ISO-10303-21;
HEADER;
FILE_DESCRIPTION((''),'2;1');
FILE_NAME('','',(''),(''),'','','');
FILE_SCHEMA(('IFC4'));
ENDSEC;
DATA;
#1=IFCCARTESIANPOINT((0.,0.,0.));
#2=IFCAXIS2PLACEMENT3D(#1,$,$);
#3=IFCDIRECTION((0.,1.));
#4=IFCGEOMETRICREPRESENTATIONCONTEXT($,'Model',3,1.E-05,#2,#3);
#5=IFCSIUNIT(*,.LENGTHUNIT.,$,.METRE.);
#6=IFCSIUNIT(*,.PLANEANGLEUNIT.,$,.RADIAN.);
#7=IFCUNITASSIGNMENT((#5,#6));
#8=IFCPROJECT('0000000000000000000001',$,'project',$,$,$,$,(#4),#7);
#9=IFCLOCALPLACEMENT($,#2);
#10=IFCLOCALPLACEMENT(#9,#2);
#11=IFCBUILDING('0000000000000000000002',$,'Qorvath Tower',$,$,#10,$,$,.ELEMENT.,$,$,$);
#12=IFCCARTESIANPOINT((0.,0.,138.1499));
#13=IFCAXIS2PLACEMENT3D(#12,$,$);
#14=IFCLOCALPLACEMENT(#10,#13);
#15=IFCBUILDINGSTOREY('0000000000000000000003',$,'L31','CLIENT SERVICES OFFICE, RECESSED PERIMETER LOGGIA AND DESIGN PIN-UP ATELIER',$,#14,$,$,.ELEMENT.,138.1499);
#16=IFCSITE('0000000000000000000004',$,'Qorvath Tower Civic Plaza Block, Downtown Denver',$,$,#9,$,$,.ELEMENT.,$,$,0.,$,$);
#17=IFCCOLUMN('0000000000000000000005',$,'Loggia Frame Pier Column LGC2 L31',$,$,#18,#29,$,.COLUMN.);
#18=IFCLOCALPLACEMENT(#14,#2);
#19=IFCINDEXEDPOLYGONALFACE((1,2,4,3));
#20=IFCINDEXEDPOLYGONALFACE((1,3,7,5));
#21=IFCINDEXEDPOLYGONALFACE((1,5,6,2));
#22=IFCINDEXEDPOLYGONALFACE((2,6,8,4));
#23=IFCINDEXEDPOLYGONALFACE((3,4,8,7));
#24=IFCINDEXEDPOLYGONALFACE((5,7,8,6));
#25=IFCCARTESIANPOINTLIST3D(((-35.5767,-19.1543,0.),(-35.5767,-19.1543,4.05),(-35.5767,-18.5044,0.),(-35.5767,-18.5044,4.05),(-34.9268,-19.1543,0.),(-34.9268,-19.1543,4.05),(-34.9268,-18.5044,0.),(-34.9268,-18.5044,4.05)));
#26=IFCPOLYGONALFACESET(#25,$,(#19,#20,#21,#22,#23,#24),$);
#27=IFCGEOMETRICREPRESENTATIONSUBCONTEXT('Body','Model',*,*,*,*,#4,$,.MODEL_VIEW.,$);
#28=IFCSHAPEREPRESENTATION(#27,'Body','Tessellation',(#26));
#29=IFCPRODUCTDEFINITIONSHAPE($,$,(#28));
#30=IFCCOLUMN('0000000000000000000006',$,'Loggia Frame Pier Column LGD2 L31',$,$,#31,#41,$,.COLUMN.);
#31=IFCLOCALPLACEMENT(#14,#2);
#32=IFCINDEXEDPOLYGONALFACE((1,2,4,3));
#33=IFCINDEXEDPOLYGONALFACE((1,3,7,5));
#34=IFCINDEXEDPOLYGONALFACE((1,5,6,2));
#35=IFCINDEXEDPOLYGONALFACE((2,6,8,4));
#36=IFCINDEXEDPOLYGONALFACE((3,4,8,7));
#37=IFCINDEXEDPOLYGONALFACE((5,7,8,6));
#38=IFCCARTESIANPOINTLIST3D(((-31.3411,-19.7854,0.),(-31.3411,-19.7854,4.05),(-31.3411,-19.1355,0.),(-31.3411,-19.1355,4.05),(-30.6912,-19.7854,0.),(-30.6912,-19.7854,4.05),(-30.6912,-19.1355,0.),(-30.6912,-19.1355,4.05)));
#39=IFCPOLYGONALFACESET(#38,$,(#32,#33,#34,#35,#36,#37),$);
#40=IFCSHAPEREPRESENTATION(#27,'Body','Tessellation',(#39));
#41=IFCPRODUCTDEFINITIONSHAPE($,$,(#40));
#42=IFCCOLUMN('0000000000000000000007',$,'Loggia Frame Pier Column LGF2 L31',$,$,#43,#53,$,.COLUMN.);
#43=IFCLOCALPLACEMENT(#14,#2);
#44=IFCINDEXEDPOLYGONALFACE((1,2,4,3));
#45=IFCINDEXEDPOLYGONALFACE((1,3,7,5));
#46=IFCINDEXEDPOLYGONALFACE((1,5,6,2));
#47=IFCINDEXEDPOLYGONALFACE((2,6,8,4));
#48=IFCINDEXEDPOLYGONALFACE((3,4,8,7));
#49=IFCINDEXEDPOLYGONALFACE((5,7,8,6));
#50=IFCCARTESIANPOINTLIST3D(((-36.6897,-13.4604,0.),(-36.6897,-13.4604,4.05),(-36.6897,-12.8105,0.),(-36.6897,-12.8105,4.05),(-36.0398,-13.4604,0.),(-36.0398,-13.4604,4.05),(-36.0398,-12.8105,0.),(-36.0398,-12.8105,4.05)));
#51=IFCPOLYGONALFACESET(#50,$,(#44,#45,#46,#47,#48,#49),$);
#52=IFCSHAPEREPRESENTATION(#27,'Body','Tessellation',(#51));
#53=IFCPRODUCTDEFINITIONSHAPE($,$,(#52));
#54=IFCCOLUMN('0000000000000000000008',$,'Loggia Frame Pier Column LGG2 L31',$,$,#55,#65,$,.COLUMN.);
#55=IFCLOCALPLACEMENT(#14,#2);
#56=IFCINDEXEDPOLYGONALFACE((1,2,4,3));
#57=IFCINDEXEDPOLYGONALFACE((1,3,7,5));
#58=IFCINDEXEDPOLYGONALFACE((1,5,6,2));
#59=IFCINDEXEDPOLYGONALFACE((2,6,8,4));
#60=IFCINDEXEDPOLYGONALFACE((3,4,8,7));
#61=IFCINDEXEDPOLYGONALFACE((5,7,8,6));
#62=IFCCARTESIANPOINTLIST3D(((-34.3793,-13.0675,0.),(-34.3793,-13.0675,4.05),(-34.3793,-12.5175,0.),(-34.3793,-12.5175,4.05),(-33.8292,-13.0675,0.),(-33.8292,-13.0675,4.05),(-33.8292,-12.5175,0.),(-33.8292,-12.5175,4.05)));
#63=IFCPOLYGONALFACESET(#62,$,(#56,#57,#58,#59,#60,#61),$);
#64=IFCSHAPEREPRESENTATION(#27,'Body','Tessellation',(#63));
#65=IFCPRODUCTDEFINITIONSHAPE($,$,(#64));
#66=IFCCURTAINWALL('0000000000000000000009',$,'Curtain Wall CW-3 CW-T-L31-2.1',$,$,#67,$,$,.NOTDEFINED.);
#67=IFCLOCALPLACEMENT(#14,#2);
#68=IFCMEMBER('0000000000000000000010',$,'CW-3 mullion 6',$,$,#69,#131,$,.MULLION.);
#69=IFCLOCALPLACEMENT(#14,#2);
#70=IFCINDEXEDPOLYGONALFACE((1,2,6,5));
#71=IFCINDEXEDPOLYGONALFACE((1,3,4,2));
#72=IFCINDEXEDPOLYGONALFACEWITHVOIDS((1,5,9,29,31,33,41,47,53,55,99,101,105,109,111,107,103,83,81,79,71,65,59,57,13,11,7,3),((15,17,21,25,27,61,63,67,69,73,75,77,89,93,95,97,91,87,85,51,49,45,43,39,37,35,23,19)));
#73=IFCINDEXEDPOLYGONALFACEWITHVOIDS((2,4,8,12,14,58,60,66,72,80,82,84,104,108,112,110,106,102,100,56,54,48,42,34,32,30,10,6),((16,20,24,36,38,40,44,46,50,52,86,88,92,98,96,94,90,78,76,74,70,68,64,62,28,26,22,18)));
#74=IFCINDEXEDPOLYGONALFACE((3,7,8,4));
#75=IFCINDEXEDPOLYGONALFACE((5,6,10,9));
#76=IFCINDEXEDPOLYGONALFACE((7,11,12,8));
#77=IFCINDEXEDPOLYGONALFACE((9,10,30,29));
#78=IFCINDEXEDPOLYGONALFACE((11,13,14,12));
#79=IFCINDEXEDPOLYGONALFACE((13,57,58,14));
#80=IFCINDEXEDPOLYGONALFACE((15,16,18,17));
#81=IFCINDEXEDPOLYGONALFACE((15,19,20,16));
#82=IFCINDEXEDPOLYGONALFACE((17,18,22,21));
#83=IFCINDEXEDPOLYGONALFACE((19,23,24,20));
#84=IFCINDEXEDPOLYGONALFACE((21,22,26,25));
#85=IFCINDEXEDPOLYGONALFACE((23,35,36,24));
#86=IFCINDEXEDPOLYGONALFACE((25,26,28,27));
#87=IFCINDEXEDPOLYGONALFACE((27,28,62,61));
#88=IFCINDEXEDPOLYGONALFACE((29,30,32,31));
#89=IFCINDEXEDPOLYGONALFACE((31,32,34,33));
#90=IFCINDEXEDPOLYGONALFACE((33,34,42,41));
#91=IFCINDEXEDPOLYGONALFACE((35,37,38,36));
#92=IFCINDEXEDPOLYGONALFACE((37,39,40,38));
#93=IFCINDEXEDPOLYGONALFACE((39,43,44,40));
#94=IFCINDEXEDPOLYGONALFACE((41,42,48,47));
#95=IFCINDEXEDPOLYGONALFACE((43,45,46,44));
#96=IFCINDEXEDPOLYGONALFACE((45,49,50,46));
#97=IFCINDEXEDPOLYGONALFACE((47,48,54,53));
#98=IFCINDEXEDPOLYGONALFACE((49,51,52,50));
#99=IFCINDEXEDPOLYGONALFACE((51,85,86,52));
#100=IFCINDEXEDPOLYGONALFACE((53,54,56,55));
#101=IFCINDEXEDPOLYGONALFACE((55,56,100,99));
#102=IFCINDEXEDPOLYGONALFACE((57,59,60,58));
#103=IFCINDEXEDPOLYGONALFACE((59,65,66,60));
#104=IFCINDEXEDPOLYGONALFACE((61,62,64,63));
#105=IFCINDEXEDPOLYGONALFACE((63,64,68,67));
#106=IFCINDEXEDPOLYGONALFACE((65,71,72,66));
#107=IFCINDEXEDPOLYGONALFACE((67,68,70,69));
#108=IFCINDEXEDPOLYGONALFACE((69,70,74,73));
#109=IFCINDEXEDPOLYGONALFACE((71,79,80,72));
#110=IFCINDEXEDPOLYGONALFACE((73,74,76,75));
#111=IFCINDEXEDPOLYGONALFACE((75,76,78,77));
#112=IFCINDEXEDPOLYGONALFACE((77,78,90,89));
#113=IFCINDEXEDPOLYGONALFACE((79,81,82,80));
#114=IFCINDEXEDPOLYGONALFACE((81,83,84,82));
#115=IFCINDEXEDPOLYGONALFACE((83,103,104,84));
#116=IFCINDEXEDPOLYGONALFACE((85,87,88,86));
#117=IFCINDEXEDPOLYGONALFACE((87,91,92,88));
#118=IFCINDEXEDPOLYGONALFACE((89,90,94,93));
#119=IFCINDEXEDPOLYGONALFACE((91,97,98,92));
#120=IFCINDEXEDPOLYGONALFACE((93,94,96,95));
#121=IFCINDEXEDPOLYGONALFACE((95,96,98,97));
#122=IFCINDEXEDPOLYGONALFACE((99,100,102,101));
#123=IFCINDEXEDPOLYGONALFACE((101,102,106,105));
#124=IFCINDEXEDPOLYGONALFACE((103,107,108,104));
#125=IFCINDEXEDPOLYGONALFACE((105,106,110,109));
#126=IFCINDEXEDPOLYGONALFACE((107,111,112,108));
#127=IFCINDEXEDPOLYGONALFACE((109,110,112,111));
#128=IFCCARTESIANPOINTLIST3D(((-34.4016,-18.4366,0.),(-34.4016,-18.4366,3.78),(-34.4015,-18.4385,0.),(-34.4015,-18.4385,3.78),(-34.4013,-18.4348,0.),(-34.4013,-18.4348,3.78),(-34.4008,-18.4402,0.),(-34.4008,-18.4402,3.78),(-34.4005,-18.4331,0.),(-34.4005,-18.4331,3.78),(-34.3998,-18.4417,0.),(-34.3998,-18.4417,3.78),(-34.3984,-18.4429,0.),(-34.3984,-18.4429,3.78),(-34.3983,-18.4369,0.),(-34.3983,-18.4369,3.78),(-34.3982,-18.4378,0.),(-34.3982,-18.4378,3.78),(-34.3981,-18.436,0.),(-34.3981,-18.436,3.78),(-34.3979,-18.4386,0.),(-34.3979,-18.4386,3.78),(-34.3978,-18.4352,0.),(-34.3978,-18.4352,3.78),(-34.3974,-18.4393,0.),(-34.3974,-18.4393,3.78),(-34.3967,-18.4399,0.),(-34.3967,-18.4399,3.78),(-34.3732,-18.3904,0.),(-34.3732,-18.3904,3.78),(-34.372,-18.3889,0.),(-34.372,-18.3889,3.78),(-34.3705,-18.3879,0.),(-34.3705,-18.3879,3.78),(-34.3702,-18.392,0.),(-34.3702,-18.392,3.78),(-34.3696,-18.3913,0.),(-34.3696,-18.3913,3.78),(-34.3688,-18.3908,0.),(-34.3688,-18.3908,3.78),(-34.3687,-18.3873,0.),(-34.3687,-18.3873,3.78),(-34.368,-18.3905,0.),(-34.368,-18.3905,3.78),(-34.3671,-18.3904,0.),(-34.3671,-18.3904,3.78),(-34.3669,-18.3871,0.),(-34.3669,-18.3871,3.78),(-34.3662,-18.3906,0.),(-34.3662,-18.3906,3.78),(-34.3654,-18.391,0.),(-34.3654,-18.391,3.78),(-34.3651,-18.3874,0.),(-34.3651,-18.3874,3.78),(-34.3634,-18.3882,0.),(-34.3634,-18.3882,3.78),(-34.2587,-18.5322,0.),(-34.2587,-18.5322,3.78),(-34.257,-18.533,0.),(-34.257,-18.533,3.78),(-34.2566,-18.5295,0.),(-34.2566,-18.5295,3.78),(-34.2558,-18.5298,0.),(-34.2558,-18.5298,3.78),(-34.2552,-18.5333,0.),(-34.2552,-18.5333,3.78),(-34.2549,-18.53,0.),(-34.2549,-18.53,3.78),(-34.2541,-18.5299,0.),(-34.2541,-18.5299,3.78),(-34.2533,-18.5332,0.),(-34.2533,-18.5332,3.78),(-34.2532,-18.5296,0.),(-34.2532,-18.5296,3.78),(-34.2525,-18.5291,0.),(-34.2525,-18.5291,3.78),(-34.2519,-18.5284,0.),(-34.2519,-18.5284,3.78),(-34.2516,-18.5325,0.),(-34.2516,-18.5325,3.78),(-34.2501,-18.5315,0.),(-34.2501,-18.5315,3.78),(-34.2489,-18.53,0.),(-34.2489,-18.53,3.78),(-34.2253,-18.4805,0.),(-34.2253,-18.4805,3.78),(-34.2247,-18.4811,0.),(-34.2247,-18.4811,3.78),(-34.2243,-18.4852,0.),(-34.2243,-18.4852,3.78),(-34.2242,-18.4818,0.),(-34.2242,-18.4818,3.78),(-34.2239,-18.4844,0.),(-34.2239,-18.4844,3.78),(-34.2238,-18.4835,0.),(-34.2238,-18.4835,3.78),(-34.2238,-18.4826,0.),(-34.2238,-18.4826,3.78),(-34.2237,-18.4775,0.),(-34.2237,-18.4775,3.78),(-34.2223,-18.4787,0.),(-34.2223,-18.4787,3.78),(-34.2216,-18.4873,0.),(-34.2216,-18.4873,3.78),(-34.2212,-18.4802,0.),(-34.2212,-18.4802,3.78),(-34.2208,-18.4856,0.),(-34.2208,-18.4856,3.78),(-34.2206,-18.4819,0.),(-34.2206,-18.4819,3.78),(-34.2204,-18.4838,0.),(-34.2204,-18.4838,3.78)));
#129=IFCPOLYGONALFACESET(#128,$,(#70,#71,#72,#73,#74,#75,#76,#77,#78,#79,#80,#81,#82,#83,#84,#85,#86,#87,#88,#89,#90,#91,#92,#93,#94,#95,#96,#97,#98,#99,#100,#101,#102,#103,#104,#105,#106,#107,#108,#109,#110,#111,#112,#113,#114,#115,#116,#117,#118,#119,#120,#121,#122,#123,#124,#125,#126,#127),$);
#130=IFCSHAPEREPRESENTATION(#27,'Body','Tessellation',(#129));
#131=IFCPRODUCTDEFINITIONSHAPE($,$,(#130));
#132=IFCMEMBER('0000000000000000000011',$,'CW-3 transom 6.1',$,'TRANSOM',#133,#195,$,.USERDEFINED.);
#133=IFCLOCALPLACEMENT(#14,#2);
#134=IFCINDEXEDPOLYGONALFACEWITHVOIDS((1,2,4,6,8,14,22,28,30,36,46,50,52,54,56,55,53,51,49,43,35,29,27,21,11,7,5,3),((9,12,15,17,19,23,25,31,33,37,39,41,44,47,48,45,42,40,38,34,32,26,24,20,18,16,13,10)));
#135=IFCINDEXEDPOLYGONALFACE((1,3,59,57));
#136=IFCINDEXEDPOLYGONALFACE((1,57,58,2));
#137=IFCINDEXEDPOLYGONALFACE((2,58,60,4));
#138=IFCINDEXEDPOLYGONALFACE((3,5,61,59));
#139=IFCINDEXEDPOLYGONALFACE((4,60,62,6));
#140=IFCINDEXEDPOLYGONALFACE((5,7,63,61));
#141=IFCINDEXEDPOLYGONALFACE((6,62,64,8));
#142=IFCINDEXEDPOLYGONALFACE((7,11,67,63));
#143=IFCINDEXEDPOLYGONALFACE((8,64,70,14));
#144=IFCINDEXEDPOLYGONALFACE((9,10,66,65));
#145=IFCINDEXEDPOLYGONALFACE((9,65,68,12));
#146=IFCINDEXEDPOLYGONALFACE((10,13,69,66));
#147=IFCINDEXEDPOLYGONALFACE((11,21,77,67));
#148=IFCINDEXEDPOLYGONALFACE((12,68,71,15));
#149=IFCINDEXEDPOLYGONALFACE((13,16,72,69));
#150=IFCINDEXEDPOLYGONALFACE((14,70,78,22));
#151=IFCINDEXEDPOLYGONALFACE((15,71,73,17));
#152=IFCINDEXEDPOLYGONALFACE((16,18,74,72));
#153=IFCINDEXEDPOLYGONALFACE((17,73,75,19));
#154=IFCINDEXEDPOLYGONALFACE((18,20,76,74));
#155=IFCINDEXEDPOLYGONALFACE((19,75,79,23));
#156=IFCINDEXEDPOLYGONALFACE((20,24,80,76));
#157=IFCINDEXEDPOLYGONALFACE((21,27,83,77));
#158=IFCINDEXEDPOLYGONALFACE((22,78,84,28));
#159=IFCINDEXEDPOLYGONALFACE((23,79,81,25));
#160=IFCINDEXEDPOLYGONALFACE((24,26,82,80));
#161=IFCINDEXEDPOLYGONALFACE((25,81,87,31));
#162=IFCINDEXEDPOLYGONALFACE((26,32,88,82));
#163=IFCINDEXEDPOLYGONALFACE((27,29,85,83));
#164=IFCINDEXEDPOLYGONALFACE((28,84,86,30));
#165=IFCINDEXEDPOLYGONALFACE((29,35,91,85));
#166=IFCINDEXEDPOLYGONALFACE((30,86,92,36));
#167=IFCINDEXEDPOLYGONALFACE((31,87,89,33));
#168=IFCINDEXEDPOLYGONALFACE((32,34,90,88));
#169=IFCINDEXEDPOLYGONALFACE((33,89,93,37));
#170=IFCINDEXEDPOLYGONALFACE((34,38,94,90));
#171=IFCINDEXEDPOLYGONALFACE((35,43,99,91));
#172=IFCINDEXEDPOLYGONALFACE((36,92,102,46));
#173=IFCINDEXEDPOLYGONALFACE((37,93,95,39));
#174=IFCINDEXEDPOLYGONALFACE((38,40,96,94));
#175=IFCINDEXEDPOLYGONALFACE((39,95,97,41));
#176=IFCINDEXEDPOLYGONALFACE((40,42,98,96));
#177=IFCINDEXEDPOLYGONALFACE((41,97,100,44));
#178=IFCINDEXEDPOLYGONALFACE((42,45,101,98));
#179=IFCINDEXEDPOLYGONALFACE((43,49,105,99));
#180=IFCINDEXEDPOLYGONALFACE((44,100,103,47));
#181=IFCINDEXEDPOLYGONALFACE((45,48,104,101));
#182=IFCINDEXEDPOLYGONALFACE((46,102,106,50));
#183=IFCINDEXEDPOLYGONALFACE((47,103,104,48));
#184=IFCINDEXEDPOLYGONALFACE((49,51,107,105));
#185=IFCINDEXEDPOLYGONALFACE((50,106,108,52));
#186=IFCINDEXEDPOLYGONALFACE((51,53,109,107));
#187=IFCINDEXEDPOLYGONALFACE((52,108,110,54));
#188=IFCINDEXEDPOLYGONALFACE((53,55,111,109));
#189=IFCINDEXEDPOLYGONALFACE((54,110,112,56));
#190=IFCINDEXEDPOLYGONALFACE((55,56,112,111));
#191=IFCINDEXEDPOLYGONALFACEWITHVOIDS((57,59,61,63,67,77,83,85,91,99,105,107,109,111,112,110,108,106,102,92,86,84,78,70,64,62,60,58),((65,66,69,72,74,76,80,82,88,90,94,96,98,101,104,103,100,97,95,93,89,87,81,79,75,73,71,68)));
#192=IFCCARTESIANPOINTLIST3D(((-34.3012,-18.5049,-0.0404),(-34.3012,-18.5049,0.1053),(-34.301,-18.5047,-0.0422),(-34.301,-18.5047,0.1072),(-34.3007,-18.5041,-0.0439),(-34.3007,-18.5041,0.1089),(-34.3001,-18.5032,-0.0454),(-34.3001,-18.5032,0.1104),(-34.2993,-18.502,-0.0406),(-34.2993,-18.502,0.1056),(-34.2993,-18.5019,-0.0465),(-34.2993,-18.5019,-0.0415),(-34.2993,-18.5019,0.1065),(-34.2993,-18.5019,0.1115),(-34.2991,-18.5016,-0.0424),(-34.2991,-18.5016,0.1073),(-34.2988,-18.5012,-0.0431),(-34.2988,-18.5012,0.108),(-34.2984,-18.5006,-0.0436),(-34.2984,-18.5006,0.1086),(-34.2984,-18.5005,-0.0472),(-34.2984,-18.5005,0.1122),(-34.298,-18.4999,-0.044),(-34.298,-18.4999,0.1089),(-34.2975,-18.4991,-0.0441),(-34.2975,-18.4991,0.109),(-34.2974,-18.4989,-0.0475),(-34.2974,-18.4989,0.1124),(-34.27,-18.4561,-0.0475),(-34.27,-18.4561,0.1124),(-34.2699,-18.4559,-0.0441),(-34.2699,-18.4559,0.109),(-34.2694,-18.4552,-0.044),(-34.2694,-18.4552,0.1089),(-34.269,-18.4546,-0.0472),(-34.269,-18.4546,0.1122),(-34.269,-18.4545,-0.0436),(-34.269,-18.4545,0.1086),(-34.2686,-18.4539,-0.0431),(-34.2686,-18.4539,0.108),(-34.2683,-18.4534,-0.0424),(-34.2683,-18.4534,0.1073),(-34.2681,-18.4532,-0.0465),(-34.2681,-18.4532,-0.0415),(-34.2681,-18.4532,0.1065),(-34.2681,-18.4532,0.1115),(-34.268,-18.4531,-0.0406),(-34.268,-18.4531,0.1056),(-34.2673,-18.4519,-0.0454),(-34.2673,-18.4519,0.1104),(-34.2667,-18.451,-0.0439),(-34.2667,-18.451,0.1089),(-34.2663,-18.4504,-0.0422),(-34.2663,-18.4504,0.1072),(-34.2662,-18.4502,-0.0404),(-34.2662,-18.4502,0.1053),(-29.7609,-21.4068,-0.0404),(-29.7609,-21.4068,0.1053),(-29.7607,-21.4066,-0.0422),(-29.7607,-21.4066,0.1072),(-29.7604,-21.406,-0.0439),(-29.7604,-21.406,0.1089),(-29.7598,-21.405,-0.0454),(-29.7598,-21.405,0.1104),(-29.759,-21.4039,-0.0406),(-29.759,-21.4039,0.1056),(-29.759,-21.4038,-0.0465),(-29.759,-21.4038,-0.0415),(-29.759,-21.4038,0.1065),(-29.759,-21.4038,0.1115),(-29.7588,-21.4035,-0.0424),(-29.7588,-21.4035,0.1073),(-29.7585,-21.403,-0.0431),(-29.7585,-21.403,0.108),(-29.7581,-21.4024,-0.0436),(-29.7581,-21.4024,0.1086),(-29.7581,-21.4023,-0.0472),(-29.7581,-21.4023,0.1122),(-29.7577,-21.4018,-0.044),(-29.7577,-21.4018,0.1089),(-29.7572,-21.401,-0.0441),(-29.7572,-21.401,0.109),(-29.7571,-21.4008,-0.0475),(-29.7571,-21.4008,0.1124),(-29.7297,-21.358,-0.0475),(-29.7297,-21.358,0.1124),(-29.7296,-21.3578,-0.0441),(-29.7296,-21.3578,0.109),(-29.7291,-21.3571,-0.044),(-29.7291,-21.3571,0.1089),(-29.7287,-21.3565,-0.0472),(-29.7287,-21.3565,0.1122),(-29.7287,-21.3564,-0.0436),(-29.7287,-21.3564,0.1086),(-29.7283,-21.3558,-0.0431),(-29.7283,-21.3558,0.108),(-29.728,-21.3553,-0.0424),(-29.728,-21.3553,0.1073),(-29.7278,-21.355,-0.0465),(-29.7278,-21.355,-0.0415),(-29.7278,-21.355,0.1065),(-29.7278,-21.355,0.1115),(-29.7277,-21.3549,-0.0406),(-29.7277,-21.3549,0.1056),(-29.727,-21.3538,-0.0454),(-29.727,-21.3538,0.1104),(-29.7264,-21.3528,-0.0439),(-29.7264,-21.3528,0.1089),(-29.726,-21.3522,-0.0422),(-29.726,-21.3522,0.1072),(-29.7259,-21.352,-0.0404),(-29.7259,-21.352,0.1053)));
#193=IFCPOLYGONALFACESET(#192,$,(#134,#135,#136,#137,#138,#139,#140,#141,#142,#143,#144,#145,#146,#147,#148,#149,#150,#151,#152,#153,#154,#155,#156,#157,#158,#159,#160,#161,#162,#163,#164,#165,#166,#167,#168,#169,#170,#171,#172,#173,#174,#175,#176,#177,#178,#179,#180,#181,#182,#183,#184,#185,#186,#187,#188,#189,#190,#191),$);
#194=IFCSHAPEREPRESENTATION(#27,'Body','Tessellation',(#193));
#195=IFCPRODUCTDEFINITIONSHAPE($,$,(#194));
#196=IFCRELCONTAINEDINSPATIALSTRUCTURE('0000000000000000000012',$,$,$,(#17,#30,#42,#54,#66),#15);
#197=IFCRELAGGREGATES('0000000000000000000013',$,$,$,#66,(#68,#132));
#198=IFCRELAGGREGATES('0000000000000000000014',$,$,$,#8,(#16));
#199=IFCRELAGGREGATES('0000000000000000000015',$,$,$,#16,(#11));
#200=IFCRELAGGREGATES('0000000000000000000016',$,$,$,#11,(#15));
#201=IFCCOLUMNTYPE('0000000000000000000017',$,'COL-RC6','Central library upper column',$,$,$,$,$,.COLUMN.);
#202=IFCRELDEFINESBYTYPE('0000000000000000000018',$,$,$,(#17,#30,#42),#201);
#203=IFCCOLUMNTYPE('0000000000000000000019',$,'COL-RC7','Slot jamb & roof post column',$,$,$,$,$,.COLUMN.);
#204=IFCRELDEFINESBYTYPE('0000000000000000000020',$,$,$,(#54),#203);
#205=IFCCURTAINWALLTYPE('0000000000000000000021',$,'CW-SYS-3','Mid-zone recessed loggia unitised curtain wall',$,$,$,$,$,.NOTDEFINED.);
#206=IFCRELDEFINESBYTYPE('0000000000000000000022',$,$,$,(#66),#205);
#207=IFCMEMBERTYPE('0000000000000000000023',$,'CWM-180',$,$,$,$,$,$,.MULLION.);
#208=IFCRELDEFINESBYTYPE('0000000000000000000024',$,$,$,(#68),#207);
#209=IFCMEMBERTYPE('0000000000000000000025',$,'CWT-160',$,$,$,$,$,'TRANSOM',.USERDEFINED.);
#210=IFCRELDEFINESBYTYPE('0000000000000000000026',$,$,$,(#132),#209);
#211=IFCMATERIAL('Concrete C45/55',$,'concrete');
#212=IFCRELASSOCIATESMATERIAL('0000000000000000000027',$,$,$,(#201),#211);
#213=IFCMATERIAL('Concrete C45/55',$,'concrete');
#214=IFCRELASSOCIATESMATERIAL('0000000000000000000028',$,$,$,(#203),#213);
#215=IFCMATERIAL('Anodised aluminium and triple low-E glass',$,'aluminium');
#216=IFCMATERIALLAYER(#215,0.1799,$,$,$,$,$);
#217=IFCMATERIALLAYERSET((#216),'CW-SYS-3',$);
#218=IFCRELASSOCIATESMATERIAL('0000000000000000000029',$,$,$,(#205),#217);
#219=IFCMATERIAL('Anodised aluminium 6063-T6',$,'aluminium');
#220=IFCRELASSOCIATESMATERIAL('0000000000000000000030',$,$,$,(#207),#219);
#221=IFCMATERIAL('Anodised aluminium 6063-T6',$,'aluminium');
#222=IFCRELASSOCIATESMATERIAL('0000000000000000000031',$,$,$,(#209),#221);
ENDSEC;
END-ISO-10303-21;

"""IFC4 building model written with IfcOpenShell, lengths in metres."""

from ifc_helpers import new_model, si_unit, direction, frame, origin, origin_2d, place, context, subcontext, project, spatial, rectangle, hollow_rectangle, extrude, material, layer, layer_set, material_profile, profile_set, type_object, element, aggregate, save


model = new_model("IFC4")

# Units and contexts
model_context = context("Model", 3, precision=1e-05, world=origin(), true_north=direction((0.0, 1.0)))
body_context = subcontext(model_context, "Body", "Model", "MODEL_VIEW")
ifc_project = project(units=[si_unit("LENGTHUNIT", "METRE"), si_unit("PLANEANGLEUNIT", "RADIAN")], contexts=[model_context])

# Site, building, storey
site_placement = place(None, origin())
site = spatial("IfcSite", under=ifc_project, at=site_placement, Name="Qorvath Tower Civic Plaza Block, Downtown Denver", CompositionType="ELEMENT", RefElevation=0.0)
building_placement = place(site_placement, origin())
building = spatial("IfcBuilding", under=site, at=building_placement, Name="Qorvath Tower", CompositionType="ELEMENT")
storey_placement = place(building_placement, frame((0.0, 0.0, 138.1499)))
storey = spatial("IfcBuildingStorey", under=building, at=storey_placement, Name="L31", Description="CLIENT SERVICES OFFICE, RECESSED PERIMETER LOGGIA AND DESIGN PIN-UP ATELIER", CompositionType="ELEMENT", Elevation=138.1499)

# Columns
ifc_material_1 = material(Name="Concrete C45/55", Category="concrete")
ifc_material_profile_1 = material_profile(ifc_material_1, rectangle(XDim=0.6499, YDim=0.6499, at=origin_2d()), Name="RC 650x650")
ifc_profile_set_1 = profile_set([ifc_material_profile_1], Name="Concrete C45/55")
column_type_1 = type_object("IfcColumnType", Name="COL-RC6", Description="Central library upper column", PredefinedType="COLUMN", material=ifc_profile_set_1)
for number, where, z_axis, x_axis, name in (
    (1, (-35.2517, -18.8293, 0.0), (0.0, 0.0, 1.0), (1.0, 0.0, 0.0), "Loggia Frame Pier Column LGC2 L31"),
    (2, (-31.0161, -19.4604, 0.0), (0.0, 0.0, 1.0), (1.0, 0.0, 0.0), "Loggia Frame Pier Column LGD2 L31"),
    (3, (-36.3647, -13.1355, 0.0), (0.0, 0.0, 1.0), (1.0, 0.0, 0.0), "Loggia Frame Pier Column LGF2 L31"),
):
    element("IfcColumn", number, at=place(storey_placement, frame(where, z_axis=z_axis, x_axis=x_axis)), inside=storey, type_object=column_type_1, Name=name, PredefinedType="COLUMN", context=body_context, shape_type="SweptSolid", body=[
        extrude(rectangle(XDim=0.6499, YDim=0.6499, at=origin_2d()), origin(), (0.0, 0.0, 1.0), 4.05),
    ])
ifc_material_2 = material(Name="Concrete C45/55", Category="concrete")
ifc_material_profile_2 = material_profile(ifc_material_2, rectangle(XDim=0.55, YDim=0.55, at=origin_2d()), Name="RC 550x550")
ifc_profile_set_2 = profile_set([ifc_material_profile_2], Name="Concrete C45/55")
column_type_2 = type_object("IfcColumnType", Name="COL-RC7", Description="Slot jamb & roof post column", PredefinedType="COLUMN", material=ifc_profile_set_2)
column_placement = place(storey_placement, frame((-34.1042, -12.7925, 0.0), z_axis=(0.0, 0.0, 1.0), x_axis=(1.0, 0.0, 0.0)))
element("IfcColumn", 4, at=column_placement, inside=storey, type_object=column_type_2, Name="Loggia Frame Pier Column LGG2 L31", PredefinedType="COLUMN", context=body_context, shape_type="SweptSolid", body=[
    extrude(rectangle(XDim=0.55, YDim=0.55, at=origin_2d()), origin(), (0.0, 0.0, 1.0), 4.05),
])

# Curtain wall, members
ifc_material_3 = material(Name="Anodised aluminium and triple low-E glass", Category="aluminium")
ifc_layer_1 = layer(ifc_material_3, 0.1799)
ifc_layer_set_1 = layer_set([ifc_layer_1], Name="CW-SYS-3")
curtain_wall_type = type_object("IfcCurtainWallType", Name="CW-SYS-3", Description="Mid-zone recessed loggia unitised curtain wall", PredefinedType="NOTDEFINED", material=ifc_layer_set_1)
curtain_wall_placement = place(storey_placement, origin())
curtain_wall = element("IfcCurtainWall", 5, at=curtain_wall_placement, inside=storey, type_object=curtain_wall_type, Name="Curtain Wall CW-3 CW-T-L31-2.1", PredefinedType="NOTDEFINED")
ifc_material_4 = material(Name="Anodised aluminium 6063-T6", Category="aluminium")
ifc_material_profile_3 = material_profile(ifc_material_4, hollow_rectangle(XDim=0.0649, YDim=0.1799, WallThickness=0.0034, InnerFilletRadius=0.0034, OuterFilletRadius=0.0071, at=origin_2d()), Name="CWM 180x65")
ifc_profile_set_3 = profile_set([ifc_material_profile_3], Name="Anodised aluminium 6063-T6")
member_type_1 = type_object("IfcMemberType", Name="CWM-180", PredefinedType="MULLION", material=ifc_profile_set_3)
member_1_placement = place(storey_placement, frame((-34.311, -18.4602, 0.0), z_axis=(0.0, 0.0, 1.0), x_axis=(0.538534, 0.842604, 0.0)))
member_1 = element("IfcMember", 6, at=member_1_placement, type_object=member_type_1, Name="CW-3 mullion 6", PredefinedType="MULLION", context=body_context, shape_type="SweptSolid", body=[
    extrude(hollow_rectangle(XDim=0.0649, YDim=0.1799, WallThickness=0.0034, InnerFilletRadius=0.0034, OuterFilletRadius=0.0071, at=origin_2d()), origin(), (0.0, 0.0, 1.0), 3.78),
])
ifc_material_5 = material(Name="Anodised aluminium 6063-T6", Category="aluminium")
ifc_material_profile_4 = material_profile(ifc_material_5, hollow_rectangle(XDim=0.0649, YDim=0.1599, WallThickness=0.0034, InnerFilletRadius=0.0034, OuterFilletRadius=0.0071, at=origin_2d()), Name="CWT 160x65")
ifc_profile_set_4 = profile_set([ifc_material_profile_4], Name="Anodised aluminium 6063-T6")
member_type_2 = type_object("IfcMemberType", Name="CWT-160", ElementType="TRANSOM", PredefinedType="USERDEFINED", material=ifc_profile_set_4)
member_2_placement = place(storey_placement, frame((-34.2837, -18.4775, 0.0325), z_axis=(0.842602, -0.538537, 0.0), x_axis=(0.538537, 0.842602, 0.0)))
member_2 = element("IfcMember", 7, at=member_2_placement, type_object=member_type_2, Name="CW-3 transom 6.1", ObjectType="TRANSOM", PredefinedType="USERDEFINED", context=body_context, shape_type="SweptSolid", body=[
    extrude(hollow_rectangle(XDim=0.0649, YDim=0.1599, WallThickness=0.0034, InnerFilletRadius=0.0034, OuterFilletRadius=0.0071, at=origin_2d()), origin(), (0.0, 0.0, 1.0), 5.3884),
])
aggregate(curtain_wall, [member_1, member_2])

save(model, "model.ifc")
